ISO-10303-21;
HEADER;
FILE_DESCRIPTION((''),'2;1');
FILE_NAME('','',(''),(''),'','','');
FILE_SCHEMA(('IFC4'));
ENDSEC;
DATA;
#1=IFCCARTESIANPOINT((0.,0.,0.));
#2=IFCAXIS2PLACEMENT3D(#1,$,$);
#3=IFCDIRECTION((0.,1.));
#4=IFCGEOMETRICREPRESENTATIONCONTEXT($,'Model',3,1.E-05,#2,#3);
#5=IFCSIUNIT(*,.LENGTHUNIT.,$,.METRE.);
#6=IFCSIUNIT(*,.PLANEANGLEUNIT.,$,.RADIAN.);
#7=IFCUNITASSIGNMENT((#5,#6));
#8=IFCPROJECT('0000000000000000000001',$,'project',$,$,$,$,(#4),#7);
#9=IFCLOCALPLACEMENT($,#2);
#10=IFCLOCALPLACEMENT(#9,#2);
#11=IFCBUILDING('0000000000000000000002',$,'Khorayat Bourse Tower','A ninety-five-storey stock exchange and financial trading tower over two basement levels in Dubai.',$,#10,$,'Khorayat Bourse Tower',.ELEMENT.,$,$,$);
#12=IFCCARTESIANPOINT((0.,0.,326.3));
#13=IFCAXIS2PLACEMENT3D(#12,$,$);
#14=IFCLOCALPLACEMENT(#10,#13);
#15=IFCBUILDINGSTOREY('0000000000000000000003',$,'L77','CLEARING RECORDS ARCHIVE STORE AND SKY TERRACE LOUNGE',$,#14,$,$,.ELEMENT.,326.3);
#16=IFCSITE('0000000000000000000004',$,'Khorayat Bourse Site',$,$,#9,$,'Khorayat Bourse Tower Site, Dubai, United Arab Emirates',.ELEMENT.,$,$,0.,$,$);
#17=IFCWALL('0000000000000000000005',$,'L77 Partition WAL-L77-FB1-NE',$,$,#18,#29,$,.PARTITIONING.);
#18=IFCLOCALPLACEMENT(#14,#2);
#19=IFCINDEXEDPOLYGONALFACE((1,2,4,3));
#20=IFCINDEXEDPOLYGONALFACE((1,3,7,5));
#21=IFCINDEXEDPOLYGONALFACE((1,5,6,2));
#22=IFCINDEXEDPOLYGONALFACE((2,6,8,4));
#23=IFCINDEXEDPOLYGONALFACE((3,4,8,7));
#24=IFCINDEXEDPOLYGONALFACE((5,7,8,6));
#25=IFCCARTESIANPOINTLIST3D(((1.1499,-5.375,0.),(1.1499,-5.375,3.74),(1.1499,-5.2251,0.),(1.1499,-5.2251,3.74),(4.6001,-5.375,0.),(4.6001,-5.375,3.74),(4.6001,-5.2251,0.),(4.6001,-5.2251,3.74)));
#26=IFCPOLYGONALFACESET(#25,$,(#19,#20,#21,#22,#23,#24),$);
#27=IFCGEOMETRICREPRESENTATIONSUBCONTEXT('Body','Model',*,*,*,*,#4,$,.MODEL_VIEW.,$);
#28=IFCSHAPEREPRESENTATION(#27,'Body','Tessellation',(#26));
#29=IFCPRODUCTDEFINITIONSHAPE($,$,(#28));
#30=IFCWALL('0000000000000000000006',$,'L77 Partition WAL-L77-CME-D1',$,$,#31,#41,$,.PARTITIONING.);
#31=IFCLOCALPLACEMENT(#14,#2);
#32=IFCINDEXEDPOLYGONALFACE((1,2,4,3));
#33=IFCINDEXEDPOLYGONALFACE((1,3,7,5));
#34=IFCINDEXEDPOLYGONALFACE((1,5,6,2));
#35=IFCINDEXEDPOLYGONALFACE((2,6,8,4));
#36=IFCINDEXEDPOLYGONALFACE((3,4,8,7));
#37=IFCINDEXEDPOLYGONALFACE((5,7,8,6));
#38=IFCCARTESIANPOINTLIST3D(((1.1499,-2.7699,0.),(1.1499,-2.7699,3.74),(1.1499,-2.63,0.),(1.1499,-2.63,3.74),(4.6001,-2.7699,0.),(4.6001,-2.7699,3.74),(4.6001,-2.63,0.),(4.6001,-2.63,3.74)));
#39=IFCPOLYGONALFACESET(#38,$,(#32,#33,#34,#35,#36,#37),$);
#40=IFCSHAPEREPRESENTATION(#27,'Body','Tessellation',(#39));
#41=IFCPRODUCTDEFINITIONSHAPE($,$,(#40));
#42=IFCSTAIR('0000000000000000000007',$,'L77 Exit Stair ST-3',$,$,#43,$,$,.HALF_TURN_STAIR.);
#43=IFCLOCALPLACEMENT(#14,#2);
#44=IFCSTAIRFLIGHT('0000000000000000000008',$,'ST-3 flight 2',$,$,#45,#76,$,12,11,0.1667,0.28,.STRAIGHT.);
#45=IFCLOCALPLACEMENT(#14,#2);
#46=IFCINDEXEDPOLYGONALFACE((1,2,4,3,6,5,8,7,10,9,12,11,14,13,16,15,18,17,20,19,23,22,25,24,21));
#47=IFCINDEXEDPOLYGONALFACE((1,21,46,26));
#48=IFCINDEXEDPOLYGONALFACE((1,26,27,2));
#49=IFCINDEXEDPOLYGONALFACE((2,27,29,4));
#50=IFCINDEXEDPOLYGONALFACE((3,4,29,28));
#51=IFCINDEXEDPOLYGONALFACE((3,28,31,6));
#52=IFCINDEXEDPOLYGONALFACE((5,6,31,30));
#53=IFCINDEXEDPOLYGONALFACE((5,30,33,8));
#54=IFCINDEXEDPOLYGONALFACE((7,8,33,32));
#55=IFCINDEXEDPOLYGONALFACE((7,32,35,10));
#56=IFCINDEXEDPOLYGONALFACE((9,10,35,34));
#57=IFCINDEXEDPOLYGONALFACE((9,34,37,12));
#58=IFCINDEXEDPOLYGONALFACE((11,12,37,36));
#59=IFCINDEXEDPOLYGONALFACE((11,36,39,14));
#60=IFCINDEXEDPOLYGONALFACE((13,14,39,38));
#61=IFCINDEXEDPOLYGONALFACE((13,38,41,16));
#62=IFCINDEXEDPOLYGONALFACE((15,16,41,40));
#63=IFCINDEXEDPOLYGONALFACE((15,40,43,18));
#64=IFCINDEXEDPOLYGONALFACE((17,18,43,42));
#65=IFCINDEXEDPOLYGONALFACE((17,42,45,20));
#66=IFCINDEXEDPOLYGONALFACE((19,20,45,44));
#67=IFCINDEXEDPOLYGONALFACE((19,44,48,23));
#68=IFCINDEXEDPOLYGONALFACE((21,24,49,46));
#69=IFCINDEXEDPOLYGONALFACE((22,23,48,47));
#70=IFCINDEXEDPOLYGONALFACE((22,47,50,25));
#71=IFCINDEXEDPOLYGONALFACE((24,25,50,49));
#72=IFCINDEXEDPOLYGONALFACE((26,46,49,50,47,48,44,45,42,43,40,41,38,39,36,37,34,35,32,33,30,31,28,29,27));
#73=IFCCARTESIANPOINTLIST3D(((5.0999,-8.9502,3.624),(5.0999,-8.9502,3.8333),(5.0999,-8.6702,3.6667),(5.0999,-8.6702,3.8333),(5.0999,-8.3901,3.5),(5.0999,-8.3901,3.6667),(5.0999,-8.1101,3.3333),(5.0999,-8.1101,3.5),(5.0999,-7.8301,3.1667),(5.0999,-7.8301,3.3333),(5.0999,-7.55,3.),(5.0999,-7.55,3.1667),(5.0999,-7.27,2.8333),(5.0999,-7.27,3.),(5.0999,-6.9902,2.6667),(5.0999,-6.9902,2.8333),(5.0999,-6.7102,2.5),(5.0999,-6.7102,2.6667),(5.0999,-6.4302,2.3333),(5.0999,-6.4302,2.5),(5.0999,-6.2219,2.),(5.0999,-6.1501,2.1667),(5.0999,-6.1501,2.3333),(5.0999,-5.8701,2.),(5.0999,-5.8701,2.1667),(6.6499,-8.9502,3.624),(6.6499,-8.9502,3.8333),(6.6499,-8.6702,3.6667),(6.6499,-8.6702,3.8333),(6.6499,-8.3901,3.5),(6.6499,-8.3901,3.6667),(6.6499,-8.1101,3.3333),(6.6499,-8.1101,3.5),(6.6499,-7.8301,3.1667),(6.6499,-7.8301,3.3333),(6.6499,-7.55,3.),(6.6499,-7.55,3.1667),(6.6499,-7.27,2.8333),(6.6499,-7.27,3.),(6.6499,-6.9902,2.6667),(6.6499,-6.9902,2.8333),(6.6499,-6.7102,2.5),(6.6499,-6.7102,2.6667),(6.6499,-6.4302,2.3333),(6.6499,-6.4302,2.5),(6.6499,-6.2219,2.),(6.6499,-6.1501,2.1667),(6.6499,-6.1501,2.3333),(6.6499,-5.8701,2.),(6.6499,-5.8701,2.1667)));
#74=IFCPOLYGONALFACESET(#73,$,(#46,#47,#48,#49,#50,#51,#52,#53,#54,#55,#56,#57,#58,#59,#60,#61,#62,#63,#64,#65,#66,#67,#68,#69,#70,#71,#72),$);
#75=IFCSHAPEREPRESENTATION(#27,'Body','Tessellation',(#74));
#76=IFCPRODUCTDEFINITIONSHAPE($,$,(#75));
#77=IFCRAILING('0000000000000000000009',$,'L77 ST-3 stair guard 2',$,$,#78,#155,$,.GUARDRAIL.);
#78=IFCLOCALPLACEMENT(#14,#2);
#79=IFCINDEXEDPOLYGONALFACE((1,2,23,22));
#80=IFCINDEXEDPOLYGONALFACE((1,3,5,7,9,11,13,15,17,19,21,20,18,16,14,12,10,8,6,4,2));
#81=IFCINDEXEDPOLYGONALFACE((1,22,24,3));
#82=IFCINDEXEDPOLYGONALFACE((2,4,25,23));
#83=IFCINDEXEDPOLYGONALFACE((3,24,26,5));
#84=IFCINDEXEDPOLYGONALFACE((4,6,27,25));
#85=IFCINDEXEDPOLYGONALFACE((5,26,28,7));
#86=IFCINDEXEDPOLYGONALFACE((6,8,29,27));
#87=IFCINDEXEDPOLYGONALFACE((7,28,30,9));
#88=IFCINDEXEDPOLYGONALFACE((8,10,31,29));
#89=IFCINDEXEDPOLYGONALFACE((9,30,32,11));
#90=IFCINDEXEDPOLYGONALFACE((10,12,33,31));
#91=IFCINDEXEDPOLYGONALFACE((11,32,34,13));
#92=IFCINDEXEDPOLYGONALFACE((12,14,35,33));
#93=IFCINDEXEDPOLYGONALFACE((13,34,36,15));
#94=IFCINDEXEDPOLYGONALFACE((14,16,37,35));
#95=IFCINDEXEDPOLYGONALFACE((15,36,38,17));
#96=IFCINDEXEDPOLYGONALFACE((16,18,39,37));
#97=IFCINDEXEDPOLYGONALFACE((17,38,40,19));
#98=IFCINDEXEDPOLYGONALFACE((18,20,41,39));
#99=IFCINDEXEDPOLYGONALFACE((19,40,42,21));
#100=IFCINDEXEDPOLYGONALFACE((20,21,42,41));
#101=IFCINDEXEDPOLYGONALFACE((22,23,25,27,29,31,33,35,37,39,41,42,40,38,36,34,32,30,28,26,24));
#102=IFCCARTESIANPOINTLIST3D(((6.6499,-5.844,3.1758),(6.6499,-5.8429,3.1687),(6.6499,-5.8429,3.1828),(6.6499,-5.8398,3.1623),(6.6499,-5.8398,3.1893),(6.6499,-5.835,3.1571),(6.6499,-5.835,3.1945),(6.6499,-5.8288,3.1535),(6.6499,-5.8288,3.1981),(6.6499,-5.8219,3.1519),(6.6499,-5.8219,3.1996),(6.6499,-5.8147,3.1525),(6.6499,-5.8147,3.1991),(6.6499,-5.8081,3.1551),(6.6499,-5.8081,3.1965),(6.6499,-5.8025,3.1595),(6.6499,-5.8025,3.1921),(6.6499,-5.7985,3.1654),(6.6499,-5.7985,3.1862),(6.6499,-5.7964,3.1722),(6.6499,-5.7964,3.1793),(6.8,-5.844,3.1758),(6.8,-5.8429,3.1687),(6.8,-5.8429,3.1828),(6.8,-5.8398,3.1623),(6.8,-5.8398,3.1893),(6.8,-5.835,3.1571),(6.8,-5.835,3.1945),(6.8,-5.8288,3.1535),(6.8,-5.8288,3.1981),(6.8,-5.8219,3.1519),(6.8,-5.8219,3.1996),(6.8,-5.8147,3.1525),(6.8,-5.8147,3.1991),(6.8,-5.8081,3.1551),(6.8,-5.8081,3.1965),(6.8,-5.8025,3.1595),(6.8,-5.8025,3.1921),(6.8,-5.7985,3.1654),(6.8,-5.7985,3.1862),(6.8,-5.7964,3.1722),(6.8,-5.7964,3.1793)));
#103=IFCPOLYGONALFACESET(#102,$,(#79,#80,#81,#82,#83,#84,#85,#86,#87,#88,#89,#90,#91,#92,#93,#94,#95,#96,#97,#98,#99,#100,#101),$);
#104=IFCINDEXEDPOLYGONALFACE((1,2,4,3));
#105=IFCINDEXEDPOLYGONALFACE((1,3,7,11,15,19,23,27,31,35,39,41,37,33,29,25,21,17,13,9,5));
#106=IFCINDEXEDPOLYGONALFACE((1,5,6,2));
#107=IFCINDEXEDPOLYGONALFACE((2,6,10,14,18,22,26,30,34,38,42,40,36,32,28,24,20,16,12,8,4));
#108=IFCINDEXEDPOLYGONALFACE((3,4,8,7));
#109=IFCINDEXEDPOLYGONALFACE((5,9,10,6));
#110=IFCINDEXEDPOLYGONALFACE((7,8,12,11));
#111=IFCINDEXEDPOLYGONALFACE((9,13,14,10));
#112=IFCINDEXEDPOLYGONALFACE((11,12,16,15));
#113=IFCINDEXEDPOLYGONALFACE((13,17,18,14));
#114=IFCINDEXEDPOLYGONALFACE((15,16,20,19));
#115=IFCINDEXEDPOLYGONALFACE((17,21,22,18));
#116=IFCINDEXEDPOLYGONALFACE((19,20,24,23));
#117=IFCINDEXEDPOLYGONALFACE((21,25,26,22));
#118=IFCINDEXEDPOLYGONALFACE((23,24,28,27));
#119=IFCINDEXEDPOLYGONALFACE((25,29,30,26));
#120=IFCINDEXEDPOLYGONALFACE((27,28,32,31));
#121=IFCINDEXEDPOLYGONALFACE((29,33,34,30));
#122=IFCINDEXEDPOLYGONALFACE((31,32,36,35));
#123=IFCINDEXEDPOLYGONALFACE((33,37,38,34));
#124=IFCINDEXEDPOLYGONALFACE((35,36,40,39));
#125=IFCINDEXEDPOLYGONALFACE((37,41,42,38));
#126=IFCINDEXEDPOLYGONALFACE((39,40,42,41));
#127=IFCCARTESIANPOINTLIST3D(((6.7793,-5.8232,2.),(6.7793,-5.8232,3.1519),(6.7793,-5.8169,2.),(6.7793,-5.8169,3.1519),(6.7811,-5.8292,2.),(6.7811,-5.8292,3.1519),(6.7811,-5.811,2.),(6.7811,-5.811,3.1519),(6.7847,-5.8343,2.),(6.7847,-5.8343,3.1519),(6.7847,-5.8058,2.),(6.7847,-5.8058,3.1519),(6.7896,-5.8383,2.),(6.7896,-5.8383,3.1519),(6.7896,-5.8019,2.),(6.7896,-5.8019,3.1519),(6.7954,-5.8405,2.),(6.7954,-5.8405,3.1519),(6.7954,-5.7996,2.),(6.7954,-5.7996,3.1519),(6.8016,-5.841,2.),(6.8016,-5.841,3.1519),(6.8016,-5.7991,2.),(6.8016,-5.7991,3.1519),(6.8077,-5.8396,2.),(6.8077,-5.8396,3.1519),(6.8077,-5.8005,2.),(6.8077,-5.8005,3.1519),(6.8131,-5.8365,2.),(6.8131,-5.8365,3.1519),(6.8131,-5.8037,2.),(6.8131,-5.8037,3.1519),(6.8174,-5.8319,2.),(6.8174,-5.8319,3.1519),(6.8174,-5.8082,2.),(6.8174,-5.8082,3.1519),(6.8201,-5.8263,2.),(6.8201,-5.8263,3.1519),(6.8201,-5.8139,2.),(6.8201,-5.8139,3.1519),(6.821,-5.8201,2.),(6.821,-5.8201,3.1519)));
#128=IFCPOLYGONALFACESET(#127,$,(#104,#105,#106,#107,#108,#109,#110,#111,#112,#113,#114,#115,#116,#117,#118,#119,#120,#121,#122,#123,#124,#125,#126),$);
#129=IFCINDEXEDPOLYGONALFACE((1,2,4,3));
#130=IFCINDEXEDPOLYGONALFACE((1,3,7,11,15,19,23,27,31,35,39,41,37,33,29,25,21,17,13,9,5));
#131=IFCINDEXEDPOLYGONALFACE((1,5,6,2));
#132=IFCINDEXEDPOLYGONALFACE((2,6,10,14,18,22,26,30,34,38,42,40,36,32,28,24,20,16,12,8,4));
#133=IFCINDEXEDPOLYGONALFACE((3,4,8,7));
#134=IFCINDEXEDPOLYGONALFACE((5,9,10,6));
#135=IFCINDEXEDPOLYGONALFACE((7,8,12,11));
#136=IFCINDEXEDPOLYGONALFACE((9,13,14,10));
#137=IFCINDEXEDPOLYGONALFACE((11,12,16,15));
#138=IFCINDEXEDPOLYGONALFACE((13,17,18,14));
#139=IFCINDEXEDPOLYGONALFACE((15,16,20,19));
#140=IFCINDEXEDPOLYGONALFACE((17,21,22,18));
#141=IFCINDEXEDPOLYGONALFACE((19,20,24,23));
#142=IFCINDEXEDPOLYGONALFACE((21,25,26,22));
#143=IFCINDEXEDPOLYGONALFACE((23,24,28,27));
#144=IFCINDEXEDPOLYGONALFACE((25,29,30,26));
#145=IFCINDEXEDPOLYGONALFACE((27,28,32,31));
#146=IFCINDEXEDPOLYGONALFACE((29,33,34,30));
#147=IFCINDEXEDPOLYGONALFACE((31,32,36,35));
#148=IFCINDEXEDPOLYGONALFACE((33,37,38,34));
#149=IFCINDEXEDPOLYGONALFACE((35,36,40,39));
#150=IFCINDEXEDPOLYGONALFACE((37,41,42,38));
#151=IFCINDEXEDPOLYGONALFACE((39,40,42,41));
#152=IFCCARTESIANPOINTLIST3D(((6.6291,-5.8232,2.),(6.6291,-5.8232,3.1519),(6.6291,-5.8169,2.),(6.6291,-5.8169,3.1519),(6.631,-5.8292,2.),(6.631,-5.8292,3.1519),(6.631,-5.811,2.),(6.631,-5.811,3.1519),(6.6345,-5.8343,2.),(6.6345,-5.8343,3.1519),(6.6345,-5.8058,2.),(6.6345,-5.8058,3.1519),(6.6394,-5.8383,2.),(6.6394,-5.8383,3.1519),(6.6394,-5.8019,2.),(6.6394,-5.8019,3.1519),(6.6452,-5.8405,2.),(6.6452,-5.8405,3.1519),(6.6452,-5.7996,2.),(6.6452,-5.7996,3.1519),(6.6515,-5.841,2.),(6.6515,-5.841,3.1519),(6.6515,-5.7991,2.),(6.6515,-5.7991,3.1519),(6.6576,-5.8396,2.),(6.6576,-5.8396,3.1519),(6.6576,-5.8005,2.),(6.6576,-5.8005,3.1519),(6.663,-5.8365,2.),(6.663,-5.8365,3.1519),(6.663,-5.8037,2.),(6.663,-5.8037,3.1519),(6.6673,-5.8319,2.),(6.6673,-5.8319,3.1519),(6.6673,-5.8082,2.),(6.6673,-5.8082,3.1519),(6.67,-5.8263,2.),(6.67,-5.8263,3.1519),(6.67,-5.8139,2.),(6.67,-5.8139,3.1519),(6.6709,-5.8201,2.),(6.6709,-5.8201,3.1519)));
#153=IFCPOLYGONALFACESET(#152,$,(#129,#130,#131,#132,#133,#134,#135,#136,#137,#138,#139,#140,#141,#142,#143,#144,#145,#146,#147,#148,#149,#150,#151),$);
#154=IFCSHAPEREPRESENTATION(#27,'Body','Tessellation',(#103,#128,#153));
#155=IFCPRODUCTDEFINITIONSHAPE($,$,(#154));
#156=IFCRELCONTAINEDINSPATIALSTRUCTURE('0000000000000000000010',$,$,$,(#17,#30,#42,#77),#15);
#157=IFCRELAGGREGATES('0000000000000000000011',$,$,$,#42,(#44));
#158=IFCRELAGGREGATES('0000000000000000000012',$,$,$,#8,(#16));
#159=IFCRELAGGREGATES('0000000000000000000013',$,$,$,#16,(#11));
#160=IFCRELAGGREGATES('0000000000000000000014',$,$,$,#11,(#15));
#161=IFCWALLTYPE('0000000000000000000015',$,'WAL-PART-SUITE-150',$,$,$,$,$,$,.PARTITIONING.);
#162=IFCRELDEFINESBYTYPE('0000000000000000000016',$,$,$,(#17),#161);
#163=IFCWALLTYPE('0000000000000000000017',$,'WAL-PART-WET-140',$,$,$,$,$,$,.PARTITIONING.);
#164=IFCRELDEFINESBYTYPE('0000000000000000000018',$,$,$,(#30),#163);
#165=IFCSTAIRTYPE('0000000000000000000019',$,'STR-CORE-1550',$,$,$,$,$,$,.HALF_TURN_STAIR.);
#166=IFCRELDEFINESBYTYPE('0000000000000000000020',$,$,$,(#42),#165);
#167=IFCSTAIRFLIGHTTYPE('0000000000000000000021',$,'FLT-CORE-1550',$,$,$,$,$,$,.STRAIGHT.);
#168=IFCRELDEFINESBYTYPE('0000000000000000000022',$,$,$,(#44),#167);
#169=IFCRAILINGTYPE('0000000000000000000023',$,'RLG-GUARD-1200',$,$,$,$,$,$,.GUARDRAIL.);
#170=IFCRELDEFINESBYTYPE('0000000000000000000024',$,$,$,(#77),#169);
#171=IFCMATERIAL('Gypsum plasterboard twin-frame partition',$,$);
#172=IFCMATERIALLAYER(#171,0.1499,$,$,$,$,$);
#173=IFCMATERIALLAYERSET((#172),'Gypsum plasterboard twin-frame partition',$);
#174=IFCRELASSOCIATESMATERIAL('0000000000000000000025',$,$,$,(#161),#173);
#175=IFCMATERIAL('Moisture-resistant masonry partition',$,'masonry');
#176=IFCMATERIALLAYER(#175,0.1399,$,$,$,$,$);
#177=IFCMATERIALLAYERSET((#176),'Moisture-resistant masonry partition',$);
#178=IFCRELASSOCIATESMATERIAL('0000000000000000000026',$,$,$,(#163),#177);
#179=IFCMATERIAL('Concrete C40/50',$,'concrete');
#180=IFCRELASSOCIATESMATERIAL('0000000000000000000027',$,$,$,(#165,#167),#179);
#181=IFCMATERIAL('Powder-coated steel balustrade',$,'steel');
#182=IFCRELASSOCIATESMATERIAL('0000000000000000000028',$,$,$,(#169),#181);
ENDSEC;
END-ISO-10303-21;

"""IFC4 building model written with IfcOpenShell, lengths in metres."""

from ifc_helpers import new_model, si_unit, direction, frame, frame_2d, origin, origin_2d, place, context, subcontext, project, spatial, polyline, rectangle, circle, outline, extrude, source, transform, mapped, material, layer, layer_set, type_object, element, aggregate, save


model = new_model("IFC4")

# Units and contexts
model_context = context("Model", 3, precision=1e-05, world=origin(), true_north=direction((0.0, 1.0)))
body_context = subcontext(model_context, "Body", "Model", "MODEL_VIEW")
ifc_project = project(units=[si_unit("LENGTHUNIT", "METRE"), si_unit("PLANEANGLEUNIT", "RADIAN")], contexts=[model_context])

# Site, building, storey
site_placement = place(None, origin())
site = spatial("IfcSite", under=ifc_project, at=site_placement, Name="Khorayat Bourse Site", LongName="Khorayat Bourse Tower Site, Dubai, United Arab Emirates", CompositionType="ELEMENT", RefElevation=0.0)
building_placement = place(site_placement, origin())
building = spatial("IfcBuilding", under=site, at=building_placement, Name="Khorayat Bourse Tower", Description="A ninety-five-storey stock exchange and financial trading tower over two basement levels in Dubai.", LongName="Khorayat Bourse Tower", CompositionType="ELEMENT")
storey_placement = place(building_placement, frame((0.0, 0.0, 326.3)))
storey = spatial("IfcBuildingStorey", under=building, at=storey_placement, Name="L77", Description="CLEARING RECORDS ARCHIVE STORE AND SKY TERRACE LOUNGE", CompositionType="ELEMENT", Elevation=326.3)

# Shared definitions
ifc_material_1 = material(Name="Concrete C40/50", Category="concrete")

# Walls
ifc_material_2 = material(Name="Gypsum plasterboard twin-frame partition")
ifc_layer_1 = layer(ifc_material_2, 0.1499)
ifc_layer_set_1 = layer_set([ifc_layer_1], Name="Gypsum plasterboard twin-frame partition")
wall_type_1 = type_object("IfcWallType", Name="WAL-PART-SUITE-150", PredefinedType="PARTITIONING", material=ifc_layer_set_1)
shared_shape_1 = source(origin(), body_context, "Body", "SweptSolid", [
    extrude(rectangle(XDim=3.4502, YDim=0.1499, at=frame_2d((1.7251, 0.0))), origin(), (0.0, 0.0, 1.0), 3.74),
])
wall_1_placement = place(storey_placement, frame((1.1499, -5.3, 0.0), z_axis=(0.0, 0.0, 1.0), x_axis=(1.0, 0.0, 0.0)))
element("IfcWall", 1, at=wall_1_placement, inside=storey, type_object=wall_type_1, Name="L77 Partition WAL-L77-FB1-NE", PredefinedType="PARTITIONING", context=body_context, shape_type="MappedRepresentation", body=[
    mapped(shared_shape_1, transform((0.0, 0.0, 0.0), scale=1.0)),
])
ifc_material_3 = material(Name="Moisture-resistant masonry partition", Category="masonry")
ifc_layer_2 = layer(ifc_material_3, 0.1399)
ifc_layer_set_2 = layer_set([ifc_layer_2], Name="Moisture-resistant masonry partition")
wall_type_2 = type_object("IfcWallType", Name="WAL-PART-WET-140", PredefinedType="PARTITIONING", material=ifc_layer_set_2)
shared_shape_2 = source(origin(), body_context, "Body", "SweptSolid", [
    extrude(rectangle(XDim=3.4502, YDim=0.1399, at=frame_2d((1.7251, 0.0))), origin(), (0.0, 0.0, 1.0), 3.74),
])
wall_2_placement = place(storey_placement, frame((1.1499, -2.7, 0.0), z_axis=(0.0, 0.0, 1.0), x_axis=(1.0, 0.0, 0.0)))
element("IfcWall", 2, at=wall_2_placement, inside=storey, type_object=wall_type_2, Name="L77 Partition WAL-L77-CME-D1", PredefinedType="PARTITIONING", context=body_context, shape_type="MappedRepresentation", body=[
    mapped(shared_shape_2, transform((0.0, 0.0, 0.0), scale=1.0)),
])

# Stair, stair flight
stair_type = type_object("IfcStairType", Name="STR-CORE-1550", PredefinedType="HALF_TURN_STAIR", material=ifc_material_1)
stair_placement = place(storey_placement, origin())
stair = element("IfcStair", 3, at=stair_placement, inside=storey, type_object=stair_type, Name="L77 Exit Stair ST-3", PredefinedType="HALF_TURN_STAIR")
stair_flight_type = type_object("IfcStairFlightType", Name="FLT-CORE-1550", PredefinedType="STRAIGHT", material=ifc_material_1)
shared_shape_3 = source(origin(), body_context, "Body", "SweptSolid", [
    extrude(outline(polyline([(0.0, 0.0), (0.0, 0.1667), (0.28, 0.1667), (0.28, 0.3333), (0.5601, 0.3333), (0.5601, 0.5), (0.8401, 0.5), (0.8401, 0.6667), (1.1201, 0.6667), (1.1201, 0.8333), (1.3999, 0.8333), (1.3999, 1.0), (1.6799, 1.0), (1.6799, 1.1667), (1.96, 1.1667), (1.96, 1.3333), (2.24, 1.3333), (2.24, 1.5), (2.52, 1.5), (2.52, 1.6667), (2.8, 1.6667), (2.8, 1.8333), (3.0801, 1.8333), (3.0801, 2.0), (3.0801, 1.624), (0.3518, 0.0), (0.0, 0.0)])), frame((0.0, 0.7749, 0.0), z_axis=(0.0, -1.0, 0.0), x_axis=(1.0, 0.0, 0.0)), (0.0, 0.0, 1.0), 1.55),
])
stair_flight_placement = place(storey_placement, frame((5.875, -5.8701, 2.0), z_axis=(0.0, 0.0, 1.0), x_axis=(0.0, -1.0, 0.0)))
stair_flight = element("IfcStairFlight", 4, at=stair_flight_placement, type_object=stair_flight_type, Name="ST-3 flight 2", NumberOfRisers=12, NumberOfTreads=11, PredefinedType="STRAIGHT", RiserHeight=0.1667, TreadLength=0.28, context=body_context, shape_type="MappedRepresentation", body=[
    mapped(shared_shape_3, transform((0.0, 0.0, 0.0), scale=1.0)),
])
aggregate(stair, [stair_flight])

# Railing
ifc_material_4 = material(Name="Powder-coated steel balustrade", Category="steel")
railing_type_1 = type_object("IfcRailingType", Name="RLG-GUARD-1200", PredefinedType="GUARDRAIL", material=ifc_material_4)
shared_shape_4 = source(origin(), body_context, "Body", "SweptSolid", [
    extrude(circle(Radius=0.0239, at=origin_2d()), frame((0.0, 0.0, 1.1758), z_axis=(-1.0, 0.0, 0.0), x_axis=(0.0, -1.0, 0.0)), (0.0, 0.0, 1.0), 0.1501),
    extrude(circle(Radius=0.021, at=origin_2d()), origin(), (0.0, 0.0, 1.0), 1.1519),
    extrude(circle(Radius=0.021, at=origin_2d()), frame((-0.1501, 0.0, 0.0)), (0.0, 0.0, 1.0), 1.1519),
])
railing_1_placement = place(storey_placement, frame((6.8, -5.8201, 2.0)))
element("IfcRailing", 5, at=railing_1_placement, inside=storey, type_object=railing_type_1, Name="L77 ST-3 stair guard 2", PredefinedType="GUARDRAIL", context=body_context, shape_type="MappedRepresentation", body=[
    mapped(shared_shape_4, transform((0.0, 0.0, 0.0), scale=1.0)),
])

save(model, "model.ifc")
